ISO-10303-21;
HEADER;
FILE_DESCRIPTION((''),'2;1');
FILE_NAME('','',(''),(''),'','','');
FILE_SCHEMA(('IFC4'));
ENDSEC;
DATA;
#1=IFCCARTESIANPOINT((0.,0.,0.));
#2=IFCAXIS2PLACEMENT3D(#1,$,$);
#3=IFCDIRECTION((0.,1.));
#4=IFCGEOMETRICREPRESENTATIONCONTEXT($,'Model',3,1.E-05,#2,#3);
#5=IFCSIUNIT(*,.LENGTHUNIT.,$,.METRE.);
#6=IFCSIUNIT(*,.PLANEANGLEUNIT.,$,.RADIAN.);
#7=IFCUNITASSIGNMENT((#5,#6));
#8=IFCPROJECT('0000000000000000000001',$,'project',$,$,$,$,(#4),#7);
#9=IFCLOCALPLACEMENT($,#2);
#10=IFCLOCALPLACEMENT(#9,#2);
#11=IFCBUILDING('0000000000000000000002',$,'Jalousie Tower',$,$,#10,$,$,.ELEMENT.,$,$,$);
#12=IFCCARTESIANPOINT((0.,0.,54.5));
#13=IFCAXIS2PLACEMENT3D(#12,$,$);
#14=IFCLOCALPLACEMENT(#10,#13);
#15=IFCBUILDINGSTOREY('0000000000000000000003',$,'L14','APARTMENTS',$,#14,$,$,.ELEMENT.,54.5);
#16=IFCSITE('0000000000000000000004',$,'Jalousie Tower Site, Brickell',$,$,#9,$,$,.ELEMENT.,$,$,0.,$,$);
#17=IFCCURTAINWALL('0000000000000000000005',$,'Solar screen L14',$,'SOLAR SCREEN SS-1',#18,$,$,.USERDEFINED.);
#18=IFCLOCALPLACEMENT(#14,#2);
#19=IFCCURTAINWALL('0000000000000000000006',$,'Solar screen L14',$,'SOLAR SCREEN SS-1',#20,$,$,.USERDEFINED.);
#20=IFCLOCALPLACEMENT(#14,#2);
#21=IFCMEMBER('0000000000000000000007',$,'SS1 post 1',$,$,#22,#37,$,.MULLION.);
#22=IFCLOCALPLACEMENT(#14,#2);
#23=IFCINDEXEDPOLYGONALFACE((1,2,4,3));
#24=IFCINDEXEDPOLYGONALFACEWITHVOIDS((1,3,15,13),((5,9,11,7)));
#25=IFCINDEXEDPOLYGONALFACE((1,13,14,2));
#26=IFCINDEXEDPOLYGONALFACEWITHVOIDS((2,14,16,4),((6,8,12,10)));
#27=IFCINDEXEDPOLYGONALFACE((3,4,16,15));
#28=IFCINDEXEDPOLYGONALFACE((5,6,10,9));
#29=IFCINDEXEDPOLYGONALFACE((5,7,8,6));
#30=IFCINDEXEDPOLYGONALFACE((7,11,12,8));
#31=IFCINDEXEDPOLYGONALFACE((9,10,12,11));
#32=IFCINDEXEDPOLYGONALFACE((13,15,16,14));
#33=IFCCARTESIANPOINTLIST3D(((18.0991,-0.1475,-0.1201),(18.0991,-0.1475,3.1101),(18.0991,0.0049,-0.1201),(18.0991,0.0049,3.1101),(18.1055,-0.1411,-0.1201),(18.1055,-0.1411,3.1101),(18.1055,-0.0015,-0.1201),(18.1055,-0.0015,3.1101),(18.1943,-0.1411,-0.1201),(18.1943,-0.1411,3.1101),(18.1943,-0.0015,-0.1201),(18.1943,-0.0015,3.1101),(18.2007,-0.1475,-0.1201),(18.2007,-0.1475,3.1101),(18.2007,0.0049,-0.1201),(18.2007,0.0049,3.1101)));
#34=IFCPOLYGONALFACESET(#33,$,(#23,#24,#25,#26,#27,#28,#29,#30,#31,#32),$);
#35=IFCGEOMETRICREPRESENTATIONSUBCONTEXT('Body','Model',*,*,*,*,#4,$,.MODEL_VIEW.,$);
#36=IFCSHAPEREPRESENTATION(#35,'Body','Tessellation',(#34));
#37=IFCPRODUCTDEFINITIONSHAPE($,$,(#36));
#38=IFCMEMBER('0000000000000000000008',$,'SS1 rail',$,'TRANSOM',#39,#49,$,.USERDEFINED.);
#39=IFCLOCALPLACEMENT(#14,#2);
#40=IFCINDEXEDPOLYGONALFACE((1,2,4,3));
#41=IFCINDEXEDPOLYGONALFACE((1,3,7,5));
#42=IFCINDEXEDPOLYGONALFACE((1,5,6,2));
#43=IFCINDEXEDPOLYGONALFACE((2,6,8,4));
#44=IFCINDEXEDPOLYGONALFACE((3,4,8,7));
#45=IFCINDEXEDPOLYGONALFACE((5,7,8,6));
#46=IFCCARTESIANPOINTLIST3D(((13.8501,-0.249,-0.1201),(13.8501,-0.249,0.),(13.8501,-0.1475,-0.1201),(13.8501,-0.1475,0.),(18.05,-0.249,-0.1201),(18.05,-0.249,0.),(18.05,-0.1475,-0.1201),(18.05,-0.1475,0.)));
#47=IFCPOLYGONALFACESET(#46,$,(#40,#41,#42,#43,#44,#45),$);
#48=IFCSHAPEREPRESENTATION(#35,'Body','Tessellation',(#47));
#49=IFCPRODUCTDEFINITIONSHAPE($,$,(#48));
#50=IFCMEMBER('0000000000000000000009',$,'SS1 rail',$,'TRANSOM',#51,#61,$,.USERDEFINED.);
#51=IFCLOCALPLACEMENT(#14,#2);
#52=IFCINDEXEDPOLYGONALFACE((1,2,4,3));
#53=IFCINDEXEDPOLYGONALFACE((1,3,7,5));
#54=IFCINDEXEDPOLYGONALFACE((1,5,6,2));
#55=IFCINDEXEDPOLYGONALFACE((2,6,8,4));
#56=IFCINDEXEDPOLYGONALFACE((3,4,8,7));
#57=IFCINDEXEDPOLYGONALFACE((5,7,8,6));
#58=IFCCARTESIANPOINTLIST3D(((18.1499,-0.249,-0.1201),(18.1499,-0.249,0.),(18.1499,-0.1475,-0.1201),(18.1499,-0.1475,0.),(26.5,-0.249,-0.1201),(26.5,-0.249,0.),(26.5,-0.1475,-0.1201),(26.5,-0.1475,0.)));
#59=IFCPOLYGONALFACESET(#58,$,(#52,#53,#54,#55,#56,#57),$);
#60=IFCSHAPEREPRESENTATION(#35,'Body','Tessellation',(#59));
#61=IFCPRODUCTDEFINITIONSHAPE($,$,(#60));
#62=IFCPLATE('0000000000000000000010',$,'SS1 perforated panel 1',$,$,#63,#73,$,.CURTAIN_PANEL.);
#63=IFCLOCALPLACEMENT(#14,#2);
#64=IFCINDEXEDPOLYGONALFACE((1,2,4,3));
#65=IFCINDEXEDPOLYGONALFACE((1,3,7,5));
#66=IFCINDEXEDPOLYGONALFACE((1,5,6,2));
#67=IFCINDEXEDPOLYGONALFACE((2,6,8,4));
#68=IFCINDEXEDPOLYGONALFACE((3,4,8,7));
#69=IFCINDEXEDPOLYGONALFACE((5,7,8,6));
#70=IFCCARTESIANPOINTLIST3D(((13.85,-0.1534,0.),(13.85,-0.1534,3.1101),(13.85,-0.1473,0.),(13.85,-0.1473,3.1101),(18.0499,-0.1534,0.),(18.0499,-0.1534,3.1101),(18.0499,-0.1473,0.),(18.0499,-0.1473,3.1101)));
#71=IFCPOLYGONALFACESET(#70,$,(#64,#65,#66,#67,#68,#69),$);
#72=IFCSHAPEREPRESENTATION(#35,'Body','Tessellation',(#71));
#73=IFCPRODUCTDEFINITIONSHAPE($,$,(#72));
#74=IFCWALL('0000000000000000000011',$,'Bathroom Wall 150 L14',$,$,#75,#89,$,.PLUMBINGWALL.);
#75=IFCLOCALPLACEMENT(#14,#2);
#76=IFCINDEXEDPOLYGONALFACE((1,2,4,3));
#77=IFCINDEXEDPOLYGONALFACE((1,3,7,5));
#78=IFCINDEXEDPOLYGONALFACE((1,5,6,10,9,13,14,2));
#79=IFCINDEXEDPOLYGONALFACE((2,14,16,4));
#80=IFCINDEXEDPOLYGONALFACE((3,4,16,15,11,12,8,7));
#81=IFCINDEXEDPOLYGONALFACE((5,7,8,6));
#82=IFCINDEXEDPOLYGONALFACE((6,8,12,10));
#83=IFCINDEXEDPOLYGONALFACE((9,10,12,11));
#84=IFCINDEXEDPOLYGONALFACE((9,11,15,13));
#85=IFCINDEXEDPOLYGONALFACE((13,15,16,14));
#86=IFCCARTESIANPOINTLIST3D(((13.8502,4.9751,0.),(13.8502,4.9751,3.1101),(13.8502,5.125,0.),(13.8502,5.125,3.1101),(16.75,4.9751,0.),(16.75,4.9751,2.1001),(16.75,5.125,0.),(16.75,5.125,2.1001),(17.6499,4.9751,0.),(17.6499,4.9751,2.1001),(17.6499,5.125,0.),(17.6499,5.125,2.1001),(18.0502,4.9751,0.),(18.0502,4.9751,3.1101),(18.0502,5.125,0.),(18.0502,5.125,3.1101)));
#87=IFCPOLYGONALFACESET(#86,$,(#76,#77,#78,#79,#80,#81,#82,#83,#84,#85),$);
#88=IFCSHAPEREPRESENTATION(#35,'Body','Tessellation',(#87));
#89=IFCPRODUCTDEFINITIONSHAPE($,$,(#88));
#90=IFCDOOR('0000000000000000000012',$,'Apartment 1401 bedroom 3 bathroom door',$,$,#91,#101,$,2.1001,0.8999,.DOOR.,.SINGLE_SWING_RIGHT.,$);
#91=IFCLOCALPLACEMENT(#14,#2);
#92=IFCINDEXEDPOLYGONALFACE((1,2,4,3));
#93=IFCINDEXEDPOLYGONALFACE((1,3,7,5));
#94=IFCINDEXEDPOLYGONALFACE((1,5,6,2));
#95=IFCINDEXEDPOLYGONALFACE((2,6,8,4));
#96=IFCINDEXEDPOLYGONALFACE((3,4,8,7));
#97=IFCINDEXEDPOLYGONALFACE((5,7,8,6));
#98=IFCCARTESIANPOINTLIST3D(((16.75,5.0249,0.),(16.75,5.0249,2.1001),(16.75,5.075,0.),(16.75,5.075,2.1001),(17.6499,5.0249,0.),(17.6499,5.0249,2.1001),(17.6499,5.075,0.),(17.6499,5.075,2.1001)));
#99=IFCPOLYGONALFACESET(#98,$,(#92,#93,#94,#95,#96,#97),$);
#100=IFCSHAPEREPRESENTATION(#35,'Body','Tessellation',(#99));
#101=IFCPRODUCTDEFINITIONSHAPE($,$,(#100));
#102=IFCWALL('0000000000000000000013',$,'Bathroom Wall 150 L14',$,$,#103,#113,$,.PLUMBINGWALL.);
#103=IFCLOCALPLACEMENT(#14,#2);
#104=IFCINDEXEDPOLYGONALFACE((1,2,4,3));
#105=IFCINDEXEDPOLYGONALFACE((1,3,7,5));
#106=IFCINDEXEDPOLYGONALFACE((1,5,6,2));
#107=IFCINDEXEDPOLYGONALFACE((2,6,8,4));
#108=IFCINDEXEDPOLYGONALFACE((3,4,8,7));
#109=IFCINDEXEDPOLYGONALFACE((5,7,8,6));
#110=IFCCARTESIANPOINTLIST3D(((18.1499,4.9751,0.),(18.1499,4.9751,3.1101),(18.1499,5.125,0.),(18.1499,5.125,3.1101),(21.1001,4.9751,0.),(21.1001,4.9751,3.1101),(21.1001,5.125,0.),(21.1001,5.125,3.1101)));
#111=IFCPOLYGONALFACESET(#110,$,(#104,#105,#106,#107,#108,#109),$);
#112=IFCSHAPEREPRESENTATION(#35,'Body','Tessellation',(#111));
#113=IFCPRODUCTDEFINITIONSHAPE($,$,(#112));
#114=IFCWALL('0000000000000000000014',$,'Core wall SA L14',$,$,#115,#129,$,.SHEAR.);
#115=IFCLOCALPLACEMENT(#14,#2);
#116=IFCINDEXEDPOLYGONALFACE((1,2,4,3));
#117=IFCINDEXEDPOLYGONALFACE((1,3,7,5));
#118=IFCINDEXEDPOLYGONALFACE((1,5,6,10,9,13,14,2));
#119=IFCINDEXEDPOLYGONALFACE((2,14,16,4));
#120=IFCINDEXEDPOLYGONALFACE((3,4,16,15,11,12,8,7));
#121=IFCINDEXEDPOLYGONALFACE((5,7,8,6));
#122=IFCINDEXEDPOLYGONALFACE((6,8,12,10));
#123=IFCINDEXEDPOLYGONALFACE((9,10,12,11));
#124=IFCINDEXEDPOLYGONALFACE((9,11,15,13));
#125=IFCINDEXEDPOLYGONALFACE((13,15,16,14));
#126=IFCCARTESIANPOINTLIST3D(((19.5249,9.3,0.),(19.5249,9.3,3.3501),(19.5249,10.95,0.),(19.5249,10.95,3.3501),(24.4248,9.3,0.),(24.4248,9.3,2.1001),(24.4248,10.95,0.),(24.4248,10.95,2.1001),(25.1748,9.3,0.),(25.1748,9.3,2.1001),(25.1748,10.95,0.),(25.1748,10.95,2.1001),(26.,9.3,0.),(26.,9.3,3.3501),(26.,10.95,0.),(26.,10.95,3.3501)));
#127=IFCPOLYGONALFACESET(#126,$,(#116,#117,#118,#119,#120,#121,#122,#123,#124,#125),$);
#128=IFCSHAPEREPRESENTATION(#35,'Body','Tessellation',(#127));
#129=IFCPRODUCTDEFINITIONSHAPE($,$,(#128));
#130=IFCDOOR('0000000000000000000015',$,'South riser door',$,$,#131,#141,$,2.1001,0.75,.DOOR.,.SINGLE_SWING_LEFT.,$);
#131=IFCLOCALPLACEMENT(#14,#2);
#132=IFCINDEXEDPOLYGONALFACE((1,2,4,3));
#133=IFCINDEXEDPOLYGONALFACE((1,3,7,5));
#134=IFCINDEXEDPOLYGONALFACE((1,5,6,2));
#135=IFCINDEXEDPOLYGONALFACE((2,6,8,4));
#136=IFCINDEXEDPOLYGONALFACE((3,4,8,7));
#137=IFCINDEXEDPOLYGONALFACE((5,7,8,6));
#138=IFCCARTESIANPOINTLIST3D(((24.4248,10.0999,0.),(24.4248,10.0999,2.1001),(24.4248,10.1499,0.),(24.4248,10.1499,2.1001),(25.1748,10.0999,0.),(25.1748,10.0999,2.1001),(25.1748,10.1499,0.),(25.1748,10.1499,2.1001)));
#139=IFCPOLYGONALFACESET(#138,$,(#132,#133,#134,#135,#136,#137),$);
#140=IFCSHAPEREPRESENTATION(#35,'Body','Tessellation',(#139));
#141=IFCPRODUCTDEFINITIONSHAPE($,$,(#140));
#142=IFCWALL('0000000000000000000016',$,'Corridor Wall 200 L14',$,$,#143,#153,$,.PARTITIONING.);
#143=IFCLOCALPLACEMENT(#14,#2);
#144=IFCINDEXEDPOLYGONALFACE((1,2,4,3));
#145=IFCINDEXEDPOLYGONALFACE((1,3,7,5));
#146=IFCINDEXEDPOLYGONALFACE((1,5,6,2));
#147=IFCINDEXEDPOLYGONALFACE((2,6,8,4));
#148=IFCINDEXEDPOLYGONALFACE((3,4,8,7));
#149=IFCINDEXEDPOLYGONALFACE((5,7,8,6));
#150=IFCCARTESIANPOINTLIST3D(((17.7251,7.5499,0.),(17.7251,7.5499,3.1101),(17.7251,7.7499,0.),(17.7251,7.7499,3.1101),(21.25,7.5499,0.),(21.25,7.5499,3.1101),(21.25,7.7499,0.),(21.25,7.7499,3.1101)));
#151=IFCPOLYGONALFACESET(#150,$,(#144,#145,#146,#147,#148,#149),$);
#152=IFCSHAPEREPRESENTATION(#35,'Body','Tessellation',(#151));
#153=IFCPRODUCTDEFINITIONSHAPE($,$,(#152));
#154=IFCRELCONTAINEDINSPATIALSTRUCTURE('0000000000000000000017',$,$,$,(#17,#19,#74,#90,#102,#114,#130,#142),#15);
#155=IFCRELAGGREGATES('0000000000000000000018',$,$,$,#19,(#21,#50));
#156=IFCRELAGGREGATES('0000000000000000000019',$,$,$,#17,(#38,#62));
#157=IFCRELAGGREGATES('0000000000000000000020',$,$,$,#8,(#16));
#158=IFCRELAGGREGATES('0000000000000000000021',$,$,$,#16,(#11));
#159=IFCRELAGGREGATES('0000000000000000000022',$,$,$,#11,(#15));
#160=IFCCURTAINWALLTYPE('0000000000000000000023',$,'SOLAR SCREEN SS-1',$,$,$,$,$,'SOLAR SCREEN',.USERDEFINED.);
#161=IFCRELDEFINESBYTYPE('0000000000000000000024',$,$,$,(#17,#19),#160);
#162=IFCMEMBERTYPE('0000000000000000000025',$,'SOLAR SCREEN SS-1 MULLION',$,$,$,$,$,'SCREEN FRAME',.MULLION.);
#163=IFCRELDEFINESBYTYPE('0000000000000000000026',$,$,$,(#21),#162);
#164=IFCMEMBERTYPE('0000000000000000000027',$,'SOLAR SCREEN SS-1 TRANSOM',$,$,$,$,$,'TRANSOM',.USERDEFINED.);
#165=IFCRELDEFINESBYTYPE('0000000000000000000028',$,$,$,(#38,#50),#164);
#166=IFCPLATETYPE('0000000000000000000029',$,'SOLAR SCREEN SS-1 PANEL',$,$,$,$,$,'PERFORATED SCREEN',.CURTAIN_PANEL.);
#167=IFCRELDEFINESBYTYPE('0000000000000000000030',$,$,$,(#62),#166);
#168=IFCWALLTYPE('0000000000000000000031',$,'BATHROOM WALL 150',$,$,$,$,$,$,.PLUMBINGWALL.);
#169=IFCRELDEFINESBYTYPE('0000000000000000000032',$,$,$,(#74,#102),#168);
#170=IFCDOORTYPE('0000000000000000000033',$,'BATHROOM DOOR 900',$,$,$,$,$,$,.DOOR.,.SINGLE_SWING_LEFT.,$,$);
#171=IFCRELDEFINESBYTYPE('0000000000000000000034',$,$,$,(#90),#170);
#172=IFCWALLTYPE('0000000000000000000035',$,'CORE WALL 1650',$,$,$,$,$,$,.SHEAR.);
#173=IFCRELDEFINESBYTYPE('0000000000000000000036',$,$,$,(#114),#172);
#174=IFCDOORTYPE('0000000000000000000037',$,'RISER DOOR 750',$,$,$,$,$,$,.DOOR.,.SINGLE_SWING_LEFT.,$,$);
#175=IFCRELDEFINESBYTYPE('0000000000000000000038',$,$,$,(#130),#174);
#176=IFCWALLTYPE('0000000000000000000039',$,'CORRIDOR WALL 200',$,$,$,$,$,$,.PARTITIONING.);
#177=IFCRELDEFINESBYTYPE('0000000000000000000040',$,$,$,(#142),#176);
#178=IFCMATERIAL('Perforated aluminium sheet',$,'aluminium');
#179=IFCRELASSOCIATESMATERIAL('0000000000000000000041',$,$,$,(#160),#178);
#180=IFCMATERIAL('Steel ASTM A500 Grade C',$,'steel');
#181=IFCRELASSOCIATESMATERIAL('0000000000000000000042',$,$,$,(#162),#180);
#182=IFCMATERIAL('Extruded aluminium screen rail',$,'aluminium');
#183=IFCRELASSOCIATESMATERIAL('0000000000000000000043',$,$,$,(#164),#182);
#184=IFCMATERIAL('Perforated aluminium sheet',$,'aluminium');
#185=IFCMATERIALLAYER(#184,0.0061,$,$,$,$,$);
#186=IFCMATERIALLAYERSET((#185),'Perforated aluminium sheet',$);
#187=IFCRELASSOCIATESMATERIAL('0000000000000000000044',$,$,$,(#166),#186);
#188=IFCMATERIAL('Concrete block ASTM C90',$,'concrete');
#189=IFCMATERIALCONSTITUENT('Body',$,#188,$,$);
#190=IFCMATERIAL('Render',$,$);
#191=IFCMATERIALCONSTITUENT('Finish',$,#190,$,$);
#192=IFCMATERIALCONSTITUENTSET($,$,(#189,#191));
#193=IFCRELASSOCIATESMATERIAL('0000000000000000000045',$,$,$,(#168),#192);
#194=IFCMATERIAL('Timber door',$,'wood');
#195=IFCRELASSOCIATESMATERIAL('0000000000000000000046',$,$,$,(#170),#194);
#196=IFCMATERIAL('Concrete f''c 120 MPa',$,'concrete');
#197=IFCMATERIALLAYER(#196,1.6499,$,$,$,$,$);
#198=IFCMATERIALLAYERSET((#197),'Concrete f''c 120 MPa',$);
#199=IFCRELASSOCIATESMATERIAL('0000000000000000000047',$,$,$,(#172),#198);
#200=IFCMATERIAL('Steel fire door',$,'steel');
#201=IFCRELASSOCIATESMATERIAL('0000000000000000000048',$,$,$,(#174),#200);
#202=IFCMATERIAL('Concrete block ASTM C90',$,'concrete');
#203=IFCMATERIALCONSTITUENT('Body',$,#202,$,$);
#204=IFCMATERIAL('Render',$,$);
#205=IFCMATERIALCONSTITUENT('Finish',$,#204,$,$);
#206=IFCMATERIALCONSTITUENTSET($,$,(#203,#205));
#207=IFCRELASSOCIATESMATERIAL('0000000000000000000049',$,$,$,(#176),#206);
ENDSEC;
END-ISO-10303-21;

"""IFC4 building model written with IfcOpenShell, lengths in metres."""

from ifc_helpers import new_model, si_unit, direction, frame, frame_2d, origin, origin_2d, place, context, subcontext, project, spatial, rectangle, hollow_rectangle, extrude, material, layer, layer_set, constituent, constituent_set, material_profile, profile_set, type_object, element, fill, aggregate, save


model = new_model("IFC4")

# Units and contexts
model_context = context("Model", 3, precision=1e-05, world=origin(), true_north=direction((0.0, 1.0)))
body_context = subcontext(model_context, "Body", "Model", "MODEL_VIEW")
ifc_project = project(units=[si_unit("LENGTHUNIT", "METRE"), si_unit("PLANEANGLEUNIT", "RADIAN")], contexts=[model_context])

# Site, building, storey
site_placement = place(None, origin())
site = spatial("IfcSite", under=ifc_project, at=site_placement, Name="Jalousie Tower Site, Brickell", CompositionType="ELEMENT", RefElevation=0.0)
building_placement = place(site_placement, origin())
building = spatial("IfcBuilding", under=site, at=building_placement, Name="Jalousie Tower", CompositionType="ELEMENT")
storey_placement = place(building_placement, frame((0.0, 0.0, 54.5)))
storey = spatial("IfcBuildingStorey", under=building, at=storey_placement, Name="L14", Description="APARTMENTS", CompositionType="ELEMENT", Elevation=54.5)

# Shared definitions
ifc_material_1 = material(Name="Perforated aluminium sheet", Category="aluminium")
curtain_wall_type = type_object("IfcCurtainWallType", Name="SOLAR SCREEN SS-1", ElementType="SOLAR SCREEN", PredefinedType="USERDEFINED", material=ifc_material_1)
ifc_material_2 = material(Name="Steel ASTM A500 Grade C", Category="steel")
ifc_material_profile_1 = material_profile(ifc_material_2, hollow_rectangle(XDim=0.1016, YDim=0.1523, WallThickness=0.0063, at=origin_2d()), Name="HSS6X4X1/4")
ifc_profile_set_1 = profile_set([ifc_material_profile_1], Name="Steel ASTM A500 Grade C")
member_type_1 = type_object("IfcMemberType", Name="SOLAR SCREEN SS-1 MULLION", ElementType="SCREEN FRAME", PredefinedType="MULLION", material=ifc_profile_set_1)

# Curtain wall
curtain_wall_1_placement = place(storey_placement, origin())
curtain_wall_1 = element("IfcCurtainWall", 1, at=curtain_wall_1_placement, inside=storey, type_object=curtain_wall_type, Name="Solar screen L14", ObjectType="SOLAR SCREEN SS-1", PredefinedType="USERDEFINED")

# Curtain wall, member
curtain_wall_2_placement = place(storey_placement, origin())
curtain_wall_2 = element("IfcCurtainWall", 2, at=curtain_wall_2_placement, inside=storey, type_object=curtain_wall_type, Name="Solar screen L14", ObjectType="SOLAR SCREEN SS-1", PredefinedType="USERDEFINED")
member_1_placement = place(storey_placement, frame((18.1499, -0.0713, -0.1201), z_axis=(0.0, 0.0, 1.0), x_axis=(1.0, 0.0, 0.0)))
member_1 = element("IfcMember", 3, at=member_1_placement, type_object=member_type_1, Name="SS1 post 1", PredefinedType="MULLION", context=body_context, shape_type="SweptSolid", body=[
    extrude(hollow_rectangle(XDim=0.1016, YDim=0.1523, WallThickness=0.0063, at=origin_2d()), origin(), (0.0, 0.0, 1.0), 3.2302),
])

# Members
ifc_material_3 = material(Name="Extruded aluminium screen rail", Category="aluminium")
ifc_material_profile_2 = material_profile(ifc_material_3, rectangle(XDim=0.1016, YDim=0.1201, at=origin_2d()), Name="RAIL 102x120")
ifc_profile_set_2 = profile_set([ifc_material_profile_2], Name="Extruded aluminium screen rail")
member_type_2 = type_object("IfcMemberType", Name="SOLAR SCREEN SS-1 TRANSOM", ElementType="TRANSOM", PredefinedType="USERDEFINED", material=ifc_profile_set_2)
member_2_placement = place(storey_placement, frame((13.8501, -0.1982, -0.0601), z_axis=(1.0, 0.0, 0.0), x_axis=(0.0, 1.0, 0.0)))
member_2 = element("IfcMember", 4, at=member_2_placement, type_object=member_type_2, Name="SS1 rail", ObjectType="TRANSOM", PredefinedType="USERDEFINED", context=body_context, shape_type="SweptSolid", body=[
    extrude(rectangle(XDim=0.1016, YDim=0.1201, at=origin_2d()), origin(), (0.0, 0.0, 1.0), 4.2),
])
member_3_placement = place(storey_placement, frame((18.1499, -0.1982, -0.0601), z_axis=(1.0, 0.0, 0.0), x_axis=(0.0, 1.0, 0.0)))
member_3 = element("IfcMember", 5, at=member_3_placement, type_object=member_type_2, Name="SS1 rail", ObjectType="TRANSOM", PredefinedType="USERDEFINED", context=body_context, shape_type="SweptSolid", body=[
    extrude(rectangle(XDim=0.1016, YDim=0.1201, at=origin_2d()), origin(), (0.0, 0.0, 1.0), 8.3501),
])
aggregate(curtain_wall_2, [member_1, member_3])

# Plate
ifc_material_4 = material(Name="Perforated aluminium sheet", Category="aluminium")
ifc_layer_1 = layer(ifc_material_4, 0.0061)
ifc_layer_set_1 = layer_set([ifc_layer_1], Name="Perforated aluminium sheet")
plate_type = type_object("IfcPlateType", Name="SOLAR SCREEN SS-1 PANEL", ElementType="PERFORATED SCREEN", PredefinedType="CURTAIN_PANEL", material=ifc_layer_set_1)
plate_placement = place(storey_placement, frame((15.95, -0.1504, 0.0), z_axis=(0.0, 0.0, 1.0), x_axis=(1.0, 0.0, 0.0)))
plate = element("IfcPlate", 6, at=plate_placement, type_object=plate_type, Name="SS1 perforated panel 1", PredefinedType="CURTAIN_PANEL", context=body_context, shape_type="SweptSolid", body=[
    extrude(rectangle(XDim=4.2, YDim=0.0061, at=origin_2d()), origin(), (0.0, 0.0, 1.0), 3.1101),
])
aggregate(curtain_wall_1, [member_2, plate])

# Wall, opening, door
ifc_material_5 = material(Name="Concrete block ASTM C90", Category="concrete")
ifc_constituent_1 = constituent(ifc_material_5, Name="Body")
ifc_material_6 = material(Name="Render")
ifc_constituent_2 = constituent(ifc_material_6, Name="Finish")
ifc_constituent_set_1 = constituent_set(constituents=[ifc_constituent_1, ifc_constituent_2])
wall_type_1 = type_object("IfcWallType", Name="BATHROOM WALL 150", PredefinedType="PLUMBINGWALL", material=ifc_constituent_set_1)
wall_1_placement = place(storey_placement, frame((13.8501, 5.05, 0.0), z_axis=(0.0, 0.0, 1.0), x_axis=(1.0, 0.0, 0.0)))
wall_1 = element("IfcWall", 7, at=wall_1_placement, inside=storey, type_object=wall_type_1, Name="Bathroom Wall 150 L14", PredefinedType="PLUMBINGWALL", context=body_context, shape_type="SweptSolid", body=[
    extrude(rectangle(XDim=4.2, YDim=0.1499, at=frame_2d((2.1001, 0.0))), origin(), (0.0, 0.0, 1.0), 3.1101),
])
opening_1_placement = place(wall_1_placement, frame((2.8999, 0.0, 0.0)))
opening_1 = element("IfcOpeningElement", 8, at=opening_1_placement, cuts=wall_1, PredefinedType="OPENING", context=body_context, shape_type="SweptSolid", body=[
    extrude(rectangle(XDim=0.8999, YDim=2.1001, at=frame_2d((0.45, 1.05))), frame((0.0, 0.085, 0.0), z_axis=(0.0, -1.0, 0.0), x_axis=(1.0, 0.0, 0.0)), (0.0, 0.0, 1.0), 0.1699),
])
ifc_material_7 = material(Name="Timber door", Category="wood")
door_type_1 = type_object("IfcDoorType", Name="BATHROOM DOOR 900", OperationType="SINGLE_SWING_LEFT", PredefinedType="DOOR", material=ifc_material_7)
door_1_placement = place(opening_1_placement, origin())
door_1 = element("IfcDoor", 9, at=door_1_placement, inside=storey, type_object=door_type_1, Name="Apartment 1401 bedroom 3 bathroom door", OperationType="SINGLE_SWING_RIGHT", OverallHeight=2.1001, OverallWidth=0.8999, PredefinedType="DOOR", context=body_context, shape_type="SweptSolid", body=[
    extrude(rectangle(XDim=0.8999, YDim=2.1001, at=frame_2d((0.45, 1.05))), frame((0.0, 0.0249, 0.0), z_axis=(0.0, -1.0, 0.0), x_axis=(1.0, 0.0, 0.0)), (0.0, 0.0, 1.0), 0.05),
])
fill(opening_1, door_1)

# Wall
wall_2_placement = place(storey_placement, frame((18.1499, 5.05, 0.0), z_axis=(0.0, 0.0, 1.0), x_axis=(1.0, 0.0, 0.0)))
element("IfcWall", 10, at=wall_2_placement, inside=storey, type_object=wall_type_1, Name="Bathroom Wall 150 L14", PredefinedType="PLUMBINGWALL", context=body_context, shape_type="SweptSolid", body=[
    extrude(rectangle(XDim=2.9502, YDim=0.1499, at=frame_2d((1.4751, 0.0))), origin(), (0.0, 0.0, 1.0), 3.1101),
])

# Wall, opening, door
ifc_material_8 = material(Name="Concrete f'c 120 MPa", Category="concrete")
ifc_layer_2 = layer(ifc_material_8, 1.6499)
ifc_layer_set_2 = layer_set([ifc_layer_2], Name="Concrete f'c 120 MPa")
wall_type_2 = type_object("IfcWallType", Name="CORE WALL 1650", PredefinedType="SHEAR", material=ifc_layer_set_2)
wall_3_placement = place(storey_placement, frame((19.5249, 10.125, 0.0), z_axis=(0.0, 0.0, 1.0), x_axis=(1.0, 0.0, 0.0)))
wall_3 = element("IfcWall", 11, at=wall_3_placement, inside=storey, type_object=wall_type_2, Name="Core wall SA L14", PredefinedType="SHEAR", context=body_context, shape_type="SweptSolid", body=[
    extrude(rectangle(XDim=6.4751, YDim=1.6499, at=frame_2d((3.2375, 0.0))), origin(), (0.0, 0.0, 1.0), 3.3501),
])
opening_2_placement = place(wall_3_placement, frame((4.8999, 0.0, 0.0)))
opening_2 = element("IfcOpeningElement", 12, at=opening_2_placement, cuts=wall_3, PredefinedType="OPENING", context=body_context, shape_type="SweptSolid", body=[
    extrude(rectangle(XDim=0.75, YDim=2.1001, at=frame_2d((0.375, 1.05))), frame((0.0, 0.835, 0.0), z_axis=(0.0, -1.0, 0.0), x_axis=(1.0, 0.0, 0.0)), (0.0, 0.0, 1.0), 1.6699),
])
ifc_material_9 = material(Name="Steel fire door", Category="steel")
door_type_2 = type_object("IfcDoorType", Name="RISER DOOR 750", OperationType="SINGLE_SWING_LEFT", PredefinedType="DOOR", material=ifc_material_9)
door_2_placement = place(opening_2_placement, origin())
door_2 = element("IfcDoor", 13, at=door_2_placement, inside=storey, type_object=door_type_2, Name="South riser door", OperationType="SINGLE_SWING_LEFT", OverallHeight=2.1001, OverallWidth=0.75, PredefinedType="DOOR", context=body_context, shape_type="SweptSolid", body=[
    extrude(rectangle(XDim=0.75, YDim=2.1001, at=frame_2d((0.375, 1.05))), frame((0.0, 0.0249, 0.0), z_axis=(0.0, -1.0, 0.0), x_axis=(1.0, 0.0, 0.0)), (0.0, 0.0, 1.0), 0.05),
])
fill(opening_2, door_2)

# Wall
ifc_material_10 = material(Name="Concrete block ASTM C90", Category="concrete")
ifc_constituent_3 = constituent(ifc_material_10, Name="Body")
ifc_material_11 = material(Name="Render")
ifc_constituent_4 = constituent(ifc_material_11, Name="Finish")
ifc_constituent_set_2 = constituent_set(constituents=[ifc_constituent_3, ifc_constituent_4])
wall_type_3 = type_object("IfcWallType", Name="CORRIDOR WALL 200", PredefinedType="PARTITIONING", material=ifc_constituent_set_2)
wall_4_placement = place(storey_placement, frame((17.7251, 7.6499, 0.0), z_axis=(0.0, 0.0, 1.0), x_axis=(1.0, 0.0, 0.0)))
element("IfcWall", 14, at=wall_4_placement, inside=storey, type_object=wall_type_3, Name="Corridor Wall 200 L14", PredefinedType="PARTITIONING", context=body_context, shape_type="SweptSolid", body=[
    extrude(rectangle(XDim=3.5249, YDim=0.2, at=frame_2d((1.7625, 0.0))), origin(), (0.0, 0.0, 1.0), 3.1101),
])

save(model, "model.ifc")
